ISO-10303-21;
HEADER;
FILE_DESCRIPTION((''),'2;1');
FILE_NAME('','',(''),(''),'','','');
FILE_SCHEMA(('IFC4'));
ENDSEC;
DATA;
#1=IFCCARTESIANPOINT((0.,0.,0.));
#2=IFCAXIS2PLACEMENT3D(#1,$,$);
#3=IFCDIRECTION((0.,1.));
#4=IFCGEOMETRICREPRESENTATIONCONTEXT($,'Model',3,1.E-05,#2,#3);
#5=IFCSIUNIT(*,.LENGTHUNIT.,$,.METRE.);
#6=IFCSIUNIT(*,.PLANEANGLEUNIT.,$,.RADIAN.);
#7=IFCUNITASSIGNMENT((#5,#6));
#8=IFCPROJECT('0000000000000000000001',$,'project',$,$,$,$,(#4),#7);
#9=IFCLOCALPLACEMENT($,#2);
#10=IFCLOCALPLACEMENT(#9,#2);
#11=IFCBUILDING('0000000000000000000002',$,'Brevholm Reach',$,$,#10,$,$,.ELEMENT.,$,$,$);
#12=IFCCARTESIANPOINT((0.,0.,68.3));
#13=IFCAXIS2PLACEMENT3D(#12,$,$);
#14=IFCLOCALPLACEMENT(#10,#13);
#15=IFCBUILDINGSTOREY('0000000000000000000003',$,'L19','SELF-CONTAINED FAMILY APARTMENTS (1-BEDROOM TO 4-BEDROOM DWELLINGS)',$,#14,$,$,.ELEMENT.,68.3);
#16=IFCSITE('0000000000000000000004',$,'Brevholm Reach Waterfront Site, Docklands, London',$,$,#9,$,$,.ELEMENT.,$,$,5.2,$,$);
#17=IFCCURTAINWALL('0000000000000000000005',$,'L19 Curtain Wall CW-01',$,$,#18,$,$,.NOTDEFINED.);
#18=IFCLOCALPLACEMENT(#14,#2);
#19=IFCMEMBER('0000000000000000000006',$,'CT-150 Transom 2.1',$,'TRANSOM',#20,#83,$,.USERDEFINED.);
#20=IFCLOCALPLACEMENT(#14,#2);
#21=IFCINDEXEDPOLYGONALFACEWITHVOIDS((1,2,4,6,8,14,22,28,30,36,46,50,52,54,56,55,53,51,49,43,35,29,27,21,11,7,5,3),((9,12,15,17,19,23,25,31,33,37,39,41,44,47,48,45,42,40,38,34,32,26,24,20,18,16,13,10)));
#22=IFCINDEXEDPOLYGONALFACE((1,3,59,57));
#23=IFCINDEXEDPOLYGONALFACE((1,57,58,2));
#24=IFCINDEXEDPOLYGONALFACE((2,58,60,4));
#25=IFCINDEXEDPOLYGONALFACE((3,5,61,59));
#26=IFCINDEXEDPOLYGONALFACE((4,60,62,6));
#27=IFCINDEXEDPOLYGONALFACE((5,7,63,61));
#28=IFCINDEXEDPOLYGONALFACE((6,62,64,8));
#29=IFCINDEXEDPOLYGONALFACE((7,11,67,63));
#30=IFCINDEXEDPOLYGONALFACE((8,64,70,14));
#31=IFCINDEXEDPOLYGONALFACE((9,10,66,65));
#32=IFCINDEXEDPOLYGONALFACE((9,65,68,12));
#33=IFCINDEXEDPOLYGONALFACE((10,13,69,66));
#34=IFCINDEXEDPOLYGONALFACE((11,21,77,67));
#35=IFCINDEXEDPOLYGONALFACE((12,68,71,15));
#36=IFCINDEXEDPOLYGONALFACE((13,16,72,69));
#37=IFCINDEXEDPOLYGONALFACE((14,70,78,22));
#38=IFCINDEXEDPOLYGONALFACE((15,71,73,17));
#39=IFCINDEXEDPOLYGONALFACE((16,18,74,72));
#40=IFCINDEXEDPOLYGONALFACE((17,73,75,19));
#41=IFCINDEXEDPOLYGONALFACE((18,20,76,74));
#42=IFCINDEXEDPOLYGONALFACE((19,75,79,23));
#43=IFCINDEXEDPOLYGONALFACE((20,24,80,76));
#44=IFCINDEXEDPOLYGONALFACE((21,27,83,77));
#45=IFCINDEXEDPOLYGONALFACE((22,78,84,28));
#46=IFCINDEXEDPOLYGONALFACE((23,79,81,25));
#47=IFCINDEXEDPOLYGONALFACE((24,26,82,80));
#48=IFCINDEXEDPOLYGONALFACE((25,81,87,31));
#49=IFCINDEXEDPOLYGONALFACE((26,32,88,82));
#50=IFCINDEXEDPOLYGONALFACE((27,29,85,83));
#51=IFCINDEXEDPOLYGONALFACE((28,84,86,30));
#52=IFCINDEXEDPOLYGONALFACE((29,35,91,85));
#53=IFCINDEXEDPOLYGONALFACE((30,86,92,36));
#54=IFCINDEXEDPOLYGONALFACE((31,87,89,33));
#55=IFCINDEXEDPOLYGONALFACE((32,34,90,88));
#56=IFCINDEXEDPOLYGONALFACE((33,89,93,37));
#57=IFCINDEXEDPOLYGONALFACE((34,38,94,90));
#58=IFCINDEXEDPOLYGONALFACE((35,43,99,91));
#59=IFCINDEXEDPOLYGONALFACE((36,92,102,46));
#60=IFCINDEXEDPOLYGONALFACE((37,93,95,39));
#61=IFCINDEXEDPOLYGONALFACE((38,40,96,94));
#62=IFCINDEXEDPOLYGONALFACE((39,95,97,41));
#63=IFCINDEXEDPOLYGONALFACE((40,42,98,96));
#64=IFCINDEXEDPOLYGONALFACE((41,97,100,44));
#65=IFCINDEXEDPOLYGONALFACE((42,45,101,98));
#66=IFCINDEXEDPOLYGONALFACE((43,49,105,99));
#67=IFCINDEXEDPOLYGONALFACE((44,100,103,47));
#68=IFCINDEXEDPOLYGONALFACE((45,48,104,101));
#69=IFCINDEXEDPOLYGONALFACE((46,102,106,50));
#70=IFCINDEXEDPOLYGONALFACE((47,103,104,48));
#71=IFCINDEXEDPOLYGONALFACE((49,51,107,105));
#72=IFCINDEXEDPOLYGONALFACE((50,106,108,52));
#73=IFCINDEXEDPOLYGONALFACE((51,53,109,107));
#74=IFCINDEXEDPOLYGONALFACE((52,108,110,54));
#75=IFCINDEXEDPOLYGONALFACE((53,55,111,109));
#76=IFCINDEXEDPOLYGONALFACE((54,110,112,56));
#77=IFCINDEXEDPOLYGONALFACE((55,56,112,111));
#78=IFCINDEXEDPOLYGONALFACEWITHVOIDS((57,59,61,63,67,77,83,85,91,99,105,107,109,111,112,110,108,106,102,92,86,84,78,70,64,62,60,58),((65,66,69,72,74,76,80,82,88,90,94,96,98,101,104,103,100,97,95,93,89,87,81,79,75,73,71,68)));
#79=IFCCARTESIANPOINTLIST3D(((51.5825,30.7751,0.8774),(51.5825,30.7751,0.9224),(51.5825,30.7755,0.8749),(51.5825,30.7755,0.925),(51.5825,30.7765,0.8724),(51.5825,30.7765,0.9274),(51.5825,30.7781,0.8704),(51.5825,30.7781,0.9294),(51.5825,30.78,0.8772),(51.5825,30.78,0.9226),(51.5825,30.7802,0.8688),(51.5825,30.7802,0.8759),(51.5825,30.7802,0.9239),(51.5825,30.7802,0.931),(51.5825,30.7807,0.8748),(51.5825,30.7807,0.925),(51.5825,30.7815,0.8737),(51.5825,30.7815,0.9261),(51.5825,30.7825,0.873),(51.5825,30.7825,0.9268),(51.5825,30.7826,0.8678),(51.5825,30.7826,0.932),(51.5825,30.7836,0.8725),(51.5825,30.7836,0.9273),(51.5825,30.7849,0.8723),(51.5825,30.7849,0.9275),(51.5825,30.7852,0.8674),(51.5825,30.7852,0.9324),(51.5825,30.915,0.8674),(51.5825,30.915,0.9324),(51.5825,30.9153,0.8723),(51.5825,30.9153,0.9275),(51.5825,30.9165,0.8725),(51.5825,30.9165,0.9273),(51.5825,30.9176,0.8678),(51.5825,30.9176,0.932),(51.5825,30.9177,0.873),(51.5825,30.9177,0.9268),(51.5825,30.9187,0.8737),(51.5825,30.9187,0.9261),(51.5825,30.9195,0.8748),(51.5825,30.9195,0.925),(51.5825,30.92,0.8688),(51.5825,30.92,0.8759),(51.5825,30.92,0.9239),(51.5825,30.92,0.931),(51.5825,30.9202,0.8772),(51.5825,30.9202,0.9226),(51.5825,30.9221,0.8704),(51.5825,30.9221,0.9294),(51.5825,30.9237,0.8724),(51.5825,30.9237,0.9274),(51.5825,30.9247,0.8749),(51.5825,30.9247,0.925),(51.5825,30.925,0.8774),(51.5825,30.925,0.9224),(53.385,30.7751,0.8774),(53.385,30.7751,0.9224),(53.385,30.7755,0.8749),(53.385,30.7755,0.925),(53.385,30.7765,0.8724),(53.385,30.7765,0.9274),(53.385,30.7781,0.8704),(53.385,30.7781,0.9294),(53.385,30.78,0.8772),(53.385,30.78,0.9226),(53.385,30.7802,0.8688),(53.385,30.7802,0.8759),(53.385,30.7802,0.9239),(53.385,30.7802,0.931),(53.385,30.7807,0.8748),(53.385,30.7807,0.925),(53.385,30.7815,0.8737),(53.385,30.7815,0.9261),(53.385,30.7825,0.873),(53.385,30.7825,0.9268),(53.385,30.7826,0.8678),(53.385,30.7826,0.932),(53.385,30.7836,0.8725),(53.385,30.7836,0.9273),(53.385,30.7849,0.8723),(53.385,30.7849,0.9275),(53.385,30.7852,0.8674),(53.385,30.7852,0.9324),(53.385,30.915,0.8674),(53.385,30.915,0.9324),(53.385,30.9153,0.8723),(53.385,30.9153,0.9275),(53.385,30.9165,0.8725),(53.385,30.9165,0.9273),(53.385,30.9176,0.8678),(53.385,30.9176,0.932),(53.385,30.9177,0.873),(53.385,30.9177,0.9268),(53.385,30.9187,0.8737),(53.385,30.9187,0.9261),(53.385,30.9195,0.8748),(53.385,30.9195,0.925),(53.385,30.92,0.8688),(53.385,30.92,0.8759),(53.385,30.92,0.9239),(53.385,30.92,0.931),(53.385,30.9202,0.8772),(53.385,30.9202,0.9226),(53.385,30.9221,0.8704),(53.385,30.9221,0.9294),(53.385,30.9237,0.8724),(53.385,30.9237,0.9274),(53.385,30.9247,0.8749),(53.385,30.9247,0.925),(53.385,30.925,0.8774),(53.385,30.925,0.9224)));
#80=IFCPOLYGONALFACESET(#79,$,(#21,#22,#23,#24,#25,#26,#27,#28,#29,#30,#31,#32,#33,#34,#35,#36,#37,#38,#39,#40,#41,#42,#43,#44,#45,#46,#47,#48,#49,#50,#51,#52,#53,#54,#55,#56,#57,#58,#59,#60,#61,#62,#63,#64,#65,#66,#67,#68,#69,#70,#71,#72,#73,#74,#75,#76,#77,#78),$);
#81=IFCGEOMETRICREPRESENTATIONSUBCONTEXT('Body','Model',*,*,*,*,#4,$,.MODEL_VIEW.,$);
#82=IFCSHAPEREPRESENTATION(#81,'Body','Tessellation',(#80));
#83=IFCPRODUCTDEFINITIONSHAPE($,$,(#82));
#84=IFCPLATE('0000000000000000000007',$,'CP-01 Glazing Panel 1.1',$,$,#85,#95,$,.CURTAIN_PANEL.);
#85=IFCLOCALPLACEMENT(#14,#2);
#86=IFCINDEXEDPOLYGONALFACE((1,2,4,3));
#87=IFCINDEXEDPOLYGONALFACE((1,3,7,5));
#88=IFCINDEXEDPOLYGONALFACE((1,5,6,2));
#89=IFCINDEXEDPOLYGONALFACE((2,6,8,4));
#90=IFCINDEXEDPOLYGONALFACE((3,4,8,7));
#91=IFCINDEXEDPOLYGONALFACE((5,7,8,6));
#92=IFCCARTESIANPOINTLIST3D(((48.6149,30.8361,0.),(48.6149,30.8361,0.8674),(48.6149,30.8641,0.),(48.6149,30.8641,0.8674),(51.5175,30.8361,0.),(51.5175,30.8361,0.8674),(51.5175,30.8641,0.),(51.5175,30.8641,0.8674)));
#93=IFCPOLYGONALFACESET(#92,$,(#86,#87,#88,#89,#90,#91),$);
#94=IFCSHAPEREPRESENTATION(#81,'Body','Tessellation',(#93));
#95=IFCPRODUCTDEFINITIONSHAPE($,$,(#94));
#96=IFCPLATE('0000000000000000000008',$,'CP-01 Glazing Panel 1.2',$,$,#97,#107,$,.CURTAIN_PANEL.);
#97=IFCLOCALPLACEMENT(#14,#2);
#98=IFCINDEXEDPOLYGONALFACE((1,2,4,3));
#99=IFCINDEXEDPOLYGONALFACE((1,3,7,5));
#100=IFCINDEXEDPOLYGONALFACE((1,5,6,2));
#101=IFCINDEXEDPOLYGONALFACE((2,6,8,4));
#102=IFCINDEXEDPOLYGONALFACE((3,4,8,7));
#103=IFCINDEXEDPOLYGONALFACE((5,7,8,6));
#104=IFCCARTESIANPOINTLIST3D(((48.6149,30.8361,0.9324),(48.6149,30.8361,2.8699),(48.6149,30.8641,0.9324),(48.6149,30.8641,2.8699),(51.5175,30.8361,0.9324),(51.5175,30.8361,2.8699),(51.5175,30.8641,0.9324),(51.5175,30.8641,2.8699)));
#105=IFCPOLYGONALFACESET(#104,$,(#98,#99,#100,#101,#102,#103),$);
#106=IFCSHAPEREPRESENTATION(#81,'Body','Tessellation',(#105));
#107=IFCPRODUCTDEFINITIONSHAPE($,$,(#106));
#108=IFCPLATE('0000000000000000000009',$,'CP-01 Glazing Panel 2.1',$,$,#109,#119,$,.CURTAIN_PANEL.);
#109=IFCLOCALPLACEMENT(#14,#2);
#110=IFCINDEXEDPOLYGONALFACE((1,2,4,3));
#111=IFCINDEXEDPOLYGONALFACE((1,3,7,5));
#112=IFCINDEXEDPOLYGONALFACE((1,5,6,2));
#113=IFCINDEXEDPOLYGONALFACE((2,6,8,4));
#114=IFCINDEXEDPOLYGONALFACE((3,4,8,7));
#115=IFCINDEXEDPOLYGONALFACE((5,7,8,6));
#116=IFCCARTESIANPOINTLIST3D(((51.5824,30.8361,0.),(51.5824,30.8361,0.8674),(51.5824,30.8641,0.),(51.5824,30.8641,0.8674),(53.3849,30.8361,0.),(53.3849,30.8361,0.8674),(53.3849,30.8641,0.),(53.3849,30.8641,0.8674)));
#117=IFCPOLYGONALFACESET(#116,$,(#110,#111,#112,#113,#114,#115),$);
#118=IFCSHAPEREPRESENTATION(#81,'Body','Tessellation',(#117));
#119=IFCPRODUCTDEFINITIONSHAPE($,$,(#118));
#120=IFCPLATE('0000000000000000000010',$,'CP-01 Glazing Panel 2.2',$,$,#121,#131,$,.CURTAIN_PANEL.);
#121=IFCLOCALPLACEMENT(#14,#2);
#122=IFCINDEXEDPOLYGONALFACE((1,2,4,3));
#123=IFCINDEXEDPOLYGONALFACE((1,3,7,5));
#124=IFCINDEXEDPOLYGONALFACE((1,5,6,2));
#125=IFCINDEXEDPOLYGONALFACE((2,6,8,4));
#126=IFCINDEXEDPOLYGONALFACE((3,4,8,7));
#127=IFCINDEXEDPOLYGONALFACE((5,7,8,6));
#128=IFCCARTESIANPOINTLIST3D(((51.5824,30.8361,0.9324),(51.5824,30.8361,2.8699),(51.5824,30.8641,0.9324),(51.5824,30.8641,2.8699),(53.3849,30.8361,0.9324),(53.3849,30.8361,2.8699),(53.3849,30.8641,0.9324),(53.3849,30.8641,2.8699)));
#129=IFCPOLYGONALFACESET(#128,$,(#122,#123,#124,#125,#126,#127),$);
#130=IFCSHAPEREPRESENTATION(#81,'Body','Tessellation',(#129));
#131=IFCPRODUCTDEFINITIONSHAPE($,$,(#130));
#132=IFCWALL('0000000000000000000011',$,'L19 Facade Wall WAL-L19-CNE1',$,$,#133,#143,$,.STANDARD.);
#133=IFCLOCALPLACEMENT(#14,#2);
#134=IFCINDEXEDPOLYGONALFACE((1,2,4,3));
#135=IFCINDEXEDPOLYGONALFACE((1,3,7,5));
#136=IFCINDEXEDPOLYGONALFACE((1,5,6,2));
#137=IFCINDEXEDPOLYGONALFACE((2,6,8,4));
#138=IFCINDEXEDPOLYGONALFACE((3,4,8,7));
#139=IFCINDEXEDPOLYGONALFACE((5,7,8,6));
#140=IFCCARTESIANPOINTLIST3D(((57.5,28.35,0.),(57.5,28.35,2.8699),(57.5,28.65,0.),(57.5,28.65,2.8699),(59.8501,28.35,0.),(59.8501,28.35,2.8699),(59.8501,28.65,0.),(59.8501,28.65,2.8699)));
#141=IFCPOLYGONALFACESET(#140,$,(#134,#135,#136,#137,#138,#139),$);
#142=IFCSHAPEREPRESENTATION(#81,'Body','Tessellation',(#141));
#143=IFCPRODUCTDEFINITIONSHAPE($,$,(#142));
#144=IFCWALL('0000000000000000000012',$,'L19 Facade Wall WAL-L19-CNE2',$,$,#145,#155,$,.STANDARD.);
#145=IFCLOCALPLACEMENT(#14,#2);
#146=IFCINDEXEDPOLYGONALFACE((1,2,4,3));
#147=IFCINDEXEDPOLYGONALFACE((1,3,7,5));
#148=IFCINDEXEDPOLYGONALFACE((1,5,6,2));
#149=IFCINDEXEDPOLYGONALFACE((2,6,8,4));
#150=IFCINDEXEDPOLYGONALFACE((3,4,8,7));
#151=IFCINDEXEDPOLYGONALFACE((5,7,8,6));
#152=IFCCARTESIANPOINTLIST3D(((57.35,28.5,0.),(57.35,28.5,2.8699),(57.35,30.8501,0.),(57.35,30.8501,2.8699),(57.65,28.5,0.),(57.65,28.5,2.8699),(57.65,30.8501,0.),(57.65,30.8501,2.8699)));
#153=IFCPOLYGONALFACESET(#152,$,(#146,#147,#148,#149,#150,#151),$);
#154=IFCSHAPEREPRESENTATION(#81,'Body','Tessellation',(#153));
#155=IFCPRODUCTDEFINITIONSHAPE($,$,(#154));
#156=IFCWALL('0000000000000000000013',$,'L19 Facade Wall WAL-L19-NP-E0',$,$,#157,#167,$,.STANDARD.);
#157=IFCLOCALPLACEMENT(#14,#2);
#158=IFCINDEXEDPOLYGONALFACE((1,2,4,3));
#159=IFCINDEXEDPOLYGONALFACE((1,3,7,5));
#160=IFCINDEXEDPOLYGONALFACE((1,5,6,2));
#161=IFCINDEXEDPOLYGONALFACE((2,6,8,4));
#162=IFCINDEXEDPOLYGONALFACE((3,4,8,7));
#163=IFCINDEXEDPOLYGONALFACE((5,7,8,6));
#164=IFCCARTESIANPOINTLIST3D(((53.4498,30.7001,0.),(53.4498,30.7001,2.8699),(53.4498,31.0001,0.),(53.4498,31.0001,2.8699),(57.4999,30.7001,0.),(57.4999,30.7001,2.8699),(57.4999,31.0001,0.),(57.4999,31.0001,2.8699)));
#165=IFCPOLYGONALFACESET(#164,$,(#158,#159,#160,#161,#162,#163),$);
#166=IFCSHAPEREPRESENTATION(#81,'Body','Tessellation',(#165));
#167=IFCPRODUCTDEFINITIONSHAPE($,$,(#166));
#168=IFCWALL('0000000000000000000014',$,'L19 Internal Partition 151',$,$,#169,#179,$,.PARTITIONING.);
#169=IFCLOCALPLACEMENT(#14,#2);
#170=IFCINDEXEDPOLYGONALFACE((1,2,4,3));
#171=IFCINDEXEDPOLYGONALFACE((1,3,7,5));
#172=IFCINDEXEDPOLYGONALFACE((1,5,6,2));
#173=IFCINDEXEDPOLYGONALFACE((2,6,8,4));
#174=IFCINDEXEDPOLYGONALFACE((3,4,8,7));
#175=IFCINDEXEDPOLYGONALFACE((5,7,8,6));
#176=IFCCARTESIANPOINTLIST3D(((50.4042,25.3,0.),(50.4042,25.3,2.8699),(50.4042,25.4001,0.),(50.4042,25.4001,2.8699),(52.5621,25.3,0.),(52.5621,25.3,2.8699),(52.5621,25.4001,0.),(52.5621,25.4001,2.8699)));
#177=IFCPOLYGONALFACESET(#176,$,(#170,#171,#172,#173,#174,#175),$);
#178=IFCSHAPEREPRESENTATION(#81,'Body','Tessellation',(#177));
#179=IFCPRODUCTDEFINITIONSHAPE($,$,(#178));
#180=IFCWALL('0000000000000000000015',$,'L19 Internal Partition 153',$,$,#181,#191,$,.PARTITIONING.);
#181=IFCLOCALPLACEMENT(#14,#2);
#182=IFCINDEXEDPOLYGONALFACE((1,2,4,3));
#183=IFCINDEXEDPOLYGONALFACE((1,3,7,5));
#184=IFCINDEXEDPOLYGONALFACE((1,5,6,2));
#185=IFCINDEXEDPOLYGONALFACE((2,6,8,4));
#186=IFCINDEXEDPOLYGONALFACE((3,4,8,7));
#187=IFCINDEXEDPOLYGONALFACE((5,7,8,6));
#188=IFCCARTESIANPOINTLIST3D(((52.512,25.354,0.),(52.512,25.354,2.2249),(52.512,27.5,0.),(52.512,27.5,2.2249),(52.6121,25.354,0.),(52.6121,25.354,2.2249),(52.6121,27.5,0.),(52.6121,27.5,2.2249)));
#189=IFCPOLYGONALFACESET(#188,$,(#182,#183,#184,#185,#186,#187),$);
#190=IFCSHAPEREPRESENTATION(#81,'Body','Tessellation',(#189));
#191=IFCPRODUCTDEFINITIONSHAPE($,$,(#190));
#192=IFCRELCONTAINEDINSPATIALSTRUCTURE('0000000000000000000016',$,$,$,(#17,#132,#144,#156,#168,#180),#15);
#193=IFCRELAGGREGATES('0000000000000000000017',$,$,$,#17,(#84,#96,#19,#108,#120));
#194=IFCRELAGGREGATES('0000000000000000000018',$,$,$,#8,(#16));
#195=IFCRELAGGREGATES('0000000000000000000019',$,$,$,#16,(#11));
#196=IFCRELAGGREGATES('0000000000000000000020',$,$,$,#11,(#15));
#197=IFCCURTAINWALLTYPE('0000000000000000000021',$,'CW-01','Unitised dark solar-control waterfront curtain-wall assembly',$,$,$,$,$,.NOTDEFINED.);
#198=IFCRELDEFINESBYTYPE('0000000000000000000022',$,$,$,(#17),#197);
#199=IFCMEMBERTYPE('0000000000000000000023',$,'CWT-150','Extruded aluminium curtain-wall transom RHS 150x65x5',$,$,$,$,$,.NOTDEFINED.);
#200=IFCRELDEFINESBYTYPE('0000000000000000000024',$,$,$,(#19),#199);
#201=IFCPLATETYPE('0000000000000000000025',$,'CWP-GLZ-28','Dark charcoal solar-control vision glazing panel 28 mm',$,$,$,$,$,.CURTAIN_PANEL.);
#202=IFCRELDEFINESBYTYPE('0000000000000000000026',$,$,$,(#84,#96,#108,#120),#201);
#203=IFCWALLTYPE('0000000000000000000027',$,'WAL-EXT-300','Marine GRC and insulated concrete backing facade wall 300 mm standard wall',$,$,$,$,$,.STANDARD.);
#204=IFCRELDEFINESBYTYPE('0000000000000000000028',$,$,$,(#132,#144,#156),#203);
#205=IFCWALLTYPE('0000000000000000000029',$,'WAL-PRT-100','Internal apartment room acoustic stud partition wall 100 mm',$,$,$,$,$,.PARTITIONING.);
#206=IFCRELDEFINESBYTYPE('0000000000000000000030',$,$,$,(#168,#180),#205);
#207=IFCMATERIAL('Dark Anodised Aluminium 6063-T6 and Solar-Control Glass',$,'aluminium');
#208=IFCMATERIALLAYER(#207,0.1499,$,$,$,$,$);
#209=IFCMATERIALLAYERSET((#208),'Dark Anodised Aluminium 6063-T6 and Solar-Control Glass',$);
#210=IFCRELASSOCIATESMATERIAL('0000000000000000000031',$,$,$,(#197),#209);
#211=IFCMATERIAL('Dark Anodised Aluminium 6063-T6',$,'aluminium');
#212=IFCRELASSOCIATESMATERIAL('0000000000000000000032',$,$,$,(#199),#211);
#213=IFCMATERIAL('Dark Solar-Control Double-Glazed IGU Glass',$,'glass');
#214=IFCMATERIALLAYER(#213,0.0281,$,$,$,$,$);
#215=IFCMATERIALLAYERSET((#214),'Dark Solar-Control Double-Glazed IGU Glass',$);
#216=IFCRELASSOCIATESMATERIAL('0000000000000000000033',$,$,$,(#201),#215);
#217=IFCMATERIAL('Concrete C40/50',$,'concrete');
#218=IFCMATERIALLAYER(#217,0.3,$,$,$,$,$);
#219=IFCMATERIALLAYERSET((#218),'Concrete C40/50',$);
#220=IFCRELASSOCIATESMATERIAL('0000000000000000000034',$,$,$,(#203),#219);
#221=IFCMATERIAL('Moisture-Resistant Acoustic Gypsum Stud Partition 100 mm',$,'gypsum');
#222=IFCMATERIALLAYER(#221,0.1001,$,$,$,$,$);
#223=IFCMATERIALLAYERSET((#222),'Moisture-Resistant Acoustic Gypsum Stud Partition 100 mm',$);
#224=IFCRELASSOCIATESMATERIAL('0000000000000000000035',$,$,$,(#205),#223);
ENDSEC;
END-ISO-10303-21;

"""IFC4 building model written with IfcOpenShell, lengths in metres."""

from ifc_helpers import new_model, si_unit, direction, frame, frame_2d, origin, origin_2d, place, context, subcontext, project, spatial, rectangle, hollow_rectangle, extrude, material, layer, layer_set, material_profile, profile_set, type_object, element, aggregate, save


model = new_model("IFC4")

# Units and contexts
model_context = context("Model", 3, precision=1e-05, world=origin(), true_north=direction((0.0, 1.0)))
body_context = subcontext(model_context, "Body", "Model", "MODEL_VIEW")
ifc_project = project(units=[si_unit("LENGTHUNIT", "METRE"), si_unit("PLANEANGLEUNIT", "RADIAN")], contexts=[model_context])

# Site, building, storey
site_placement = place(None, origin())
site = spatial("IfcSite", under=ifc_project, at=site_placement, Name="Brevholm Reach Waterfront Site, Docklands, London", CompositionType="ELEMENT", RefElevation=5.2)
building_placement = place(site_placement, origin())
building = spatial("IfcBuilding", under=site, at=building_placement, Name="Brevholm Reach", CompositionType="ELEMENT")
storey_placement = place(building_placement, frame((0.0, 0.0, 68.3)))
storey = spatial("IfcBuildingStorey", under=building, at=storey_placement, Name="L19", Description="SELF-CONTAINED FAMILY APARTMENTS (1-BEDROOM TO 4-BEDROOM DWELLINGS)", CompositionType="ELEMENT", Elevation=68.3)

# Curtain wall, member, plates
ifc_material_1 = material(Name="Dark Anodised Aluminium 6063-T6 and Solar-Control Glass", Category="aluminium")
ifc_layer_1 = layer(ifc_material_1, 0.1499)
ifc_layer_set_1 = layer_set([ifc_layer_1], Name="Dark Anodised Aluminium 6063-T6 and Solar-Control Glass")
curtain_wall_type = type_object("IfcCurtainWallType", Name="CW-01", Description="Unitised dark solar-control waterfront curtain-wall assembly", PredefinedType="NOTDEFINED", material=ifc_layer_set_1)
curtain_wall_placement = place(storey_placement, origin())
curtain_wall = element("IfcCurtainWall", 1, at=curtain_wall_placement, inside=storey, type_object=curtain_wall_type, Name="L19 Curtain Wall CW-01", PredefinedType="NOTDEFINED")
ifc_material_2 = material(Name="Dark Anodised Aluminium 6063-T6", Category="aluminium")
ifc_material_profile_1 = material_profile(ifc_material_2, hollow_rectangle(XDim=0.0649, YDim=0.1499, WallThickness=0.0049, InnerFilletRadius=0.0049, OuterFilletRadius=0.01, at=origin_2d()), Name="RHS 150x65x5")
ifc_profile_set_1 = profile_set([ifc_material_profile_1], Name="Dark Anodised Aluminium 6063-T6")
member_type_1 = type_object("IfcMemberType", Name="CWT-150", Description="Extruded aluminium curtain-wall transom RHS 150x65x5", PredefinedType="NOTDEFINED", material=ifc_profile_set_1)
member_1_placement = place(storey_placement, frame((51.5825, 30.8501, 0.8999), z_axis=(1.0, 0.0, 0.0), x_axis=(0.0, 0.0, 1.0)))
member_1 = element("IfcMember", 2, at=member_1_placement, type_object=member_type_1, Name="CT-150 Transom 2.1", ObjectType="TRANSOM", PredefinedType="USERDEFINED", context=body_context, shape_type="SweptSolid", body=[
    extrude(hollow_rectangle(XDim=0.0649, YDim=0.1499, WallThickness=0.0049, InnerFilletRadius=0.0049, OuterFilletRadius=0.01, at=origin_2d()), origin(), (0.0, 0.0, 1.0), 1.8025),
])
ifc_material_3 = material(Name="Dark Solar-Control Double-Glazed IGU Glass", Category="glass")
ifc_layer_2 = layer(ifc_material_3, 0.0281)
ifc_layer_set_2 = layer_set([ifc_layer_2], Name="Dark Solar-Control Double-Glazed IGU Glass")
plate_type = type_object("IfcPlateType", Name="CWP-GLZ-28", Description="Dark charcoal solar-control vision glazing panel 28 mm", PredefinedType="CURTAIN_PANEL", material=ifc_layer_set_2)
plate_1_placement = place(storey_placement, frame((50.0662, 30.8501, 0.0), z_axis=(0.0, 0.0, 1.0), x_axis=(1.0, 0.0, 0.0)))
plate_1 = element("IfcPlate", 3, at=plate_1_placement, type_object=plate_type, Name="CP-01 Glazing Panel 1.1", PredefinedType="CURTAIN_PANEL", context=body_context, shape_type="SweptSolid", body=[
    extrude(rectangle(XDim=2.9026, YDim=0.0281, at=origin_2d()), origin(), (0.0, 0.0, 1.0), 0.8674),
])
plate_2_placement = place(storey_placement, frame((50.0662, 30.8501, 0.9324), z_axis=(0.0, 0.0, 1.0), x_axis=(1.0, 0.0, 0.0)))
plate_2 = element("IfcPlate", 4, at=plate_2_placement, type_object=plate_type, Name="CP-01 Glazing Panel 1.2", PredefinedType="CURTAIN_PANEL", context=body_context, shape_type="SweptSolid", body=[
    extrude(rectangle(XDim=2.9026, YDim=0.0281, at=origin_2d()), origin(), (0.0, 0.0, 1.0), 1.9375),
])
plate_3_placement = place(storey_placement, frame((52.4836, 30.8501, 0.0), z_axis=(0.0, 0.0, 1.0), x_axis=(1.0, 0.0, 0.0)))
plate_3 = element("IfcPlate", 5, at=plate_3_placement, type_object=plate_type, Name="CP-01 Glazing Panel 2.1", PredefinedType="CURTAIN_PANEL", context=body_context, shape_type="SweptSolid", body=[
    extrude(rectangle(XDim=1.8025, YDim=0.0281, at=origin_2d()), origin(), (0.0, 0.0, 1.0), 0.8674),
])
plate_4_placement = place(storey_placement, frame((52.4836, 30.8501, 0.9324), z_axis=(0.0, 0.0, 1.0), x_axis=(1.0, 0.0, 0.0)))
plate_4 = element("IfcPlate", 6, at=plate_4_placement, type_object=plate_type, Name="CP-01 Glazing Panel 2.2", PredefinedType="CURTAIN_PANEL", context=body_context, shape_type="SweptSolid", body=[
    extrude(rectangle(XDim=1.8025, YDim=0.0281, at=origin_2d()), origin(), (0.0, 0.0, 1.0), 1.9375),
])
aggregate(curtain_wall, [plate_1, plate_2, member_1, plate_3, plate_4])

# Walls
ifc_material_4 = material(Name="Concrete C40/50", Category="concrete")
ifc_layer_3 = layer(ifc_material_4, 0.3)
ifc_layer_set_3 = layer_set([ifc_layer_3], Name="Concrete C40/50")
wall_type_1 = type_object("IfcWallType", Name="WAL-EXT-300", Description="Marine GRC and insulated concrete backing facade wall 300 mm standard wall", PredefinedType="STANDARD", material=ifc_layer_set_3)
for number, where, z_axis, x_axis, name in (
    (7, (59.8501, 28.5, 0.0), (0.0, 0.0, 1.0), (-1.0, 0.0, 0.0), "L19 Facade Wall WAL-L19-CNE1"),
    (8, (57.5, 28.5, 0.0), (0.0, 0.0, 1.0), (0.0, 1.0, 0.0), "L19 Facade Wall WAL-L19-CNE2"),
):
    element("IfcWall", number, at=place(storey_placement, frame(where, z_axis=z_axis, x_axis=x_axis)), inside=storey, type_object=wall_type_1, Name=name, PredefinedType="STANDARD", context=body_context, shape_type="SweptSolid", body=[
        extrude(rectangle(XDim=2.3501, YDim=0.3, at=frame_2d((1.175, 0.0))), origin(), (0.0, 0.0, 1.0), 2.8699),
    ])
wall_1_placement = place(storey_placement, frame((53.45, 30.8501, 0.0), z_axis=(0.0, 0.0, 1.0), x_axis=(1.0, 0.0, 0.0)))
element("IfcWall", 9, at=wall_1_placement, inside=storey, type_object=wall_type_1, Name="L19 Facade Wall WAL-L19-NP-E0", PredefinedType="STANDARD", context=body_context, shape_type="SweptSolid", body=[
    extrude(rectangle(XDim=4.05, YDim=0.3, at=frame_2d((2.0249, 0.0))), origin(), (0.0, 0.0, 1.0), 2.8699),
])
ifc_material_5 = material(Name="Moisture-Resistant Acoustic Gypsum Stud Partition 100 mm", Category="gypsum")
ifc_layer_4 = layer(ifc_material_5, 0.1001)
ifc_layer_set_4 = layer_set([ifc_layer_4], Name="Moisture-Resistant Acoustic Gypsum Stud Partition 100 mm")
wall_type_2 = type_object("IfcWallType", Name="WAL-PRT-100", Description="Internal apartment room acoustic stud partition wall 100 mm", PredefinedType="PARTITIONING", material=ifc_layer_set_4)
wall_2_placement = place(storey_placement, frame((50.4041, 25.3501, 0.0), z_axis=(0.0, 0.0, 1.0), x_axis=(1.0, 0.0, 0.0)))
element("IfcWall", 10, at=wall_2_placement, inside=storey, type_object=wall_type_2, Name="L19 Internal Partition 151", PredefinedType="PARTITIONING", context=body_context, shape_type="SweptSolid", body=[
    extrude(rectangle(XDim=2.158, YDim=0.1001, at=frame_2d((1.0791, 0.0))), origin(), (0.0, 0.0, 1.0), 2.8699),
])
wall_3_placement = place(storey_placement, frame((52.562, 25.354, 0.0), z_axis=(0.0, 0.0, 1.0), x_axis=(0.0, 1.0, 0.0)))
element("IfcWall", 11, at=wall_3_placement, inside=storey, type_object=wall_type_2, Name="L19 Internal Partition 153", PredefinedType="PARTITIONING", context=body_context, shape_type="SweptSolid", body=[
    extrude(rectangle(XDim=2.146, YDim=0.1001, at=frame_2d((1.073, 0.0))), origin(), (0.0, 0.0, 1.0), 2.2249),
])

save(model, "model.ifc")
